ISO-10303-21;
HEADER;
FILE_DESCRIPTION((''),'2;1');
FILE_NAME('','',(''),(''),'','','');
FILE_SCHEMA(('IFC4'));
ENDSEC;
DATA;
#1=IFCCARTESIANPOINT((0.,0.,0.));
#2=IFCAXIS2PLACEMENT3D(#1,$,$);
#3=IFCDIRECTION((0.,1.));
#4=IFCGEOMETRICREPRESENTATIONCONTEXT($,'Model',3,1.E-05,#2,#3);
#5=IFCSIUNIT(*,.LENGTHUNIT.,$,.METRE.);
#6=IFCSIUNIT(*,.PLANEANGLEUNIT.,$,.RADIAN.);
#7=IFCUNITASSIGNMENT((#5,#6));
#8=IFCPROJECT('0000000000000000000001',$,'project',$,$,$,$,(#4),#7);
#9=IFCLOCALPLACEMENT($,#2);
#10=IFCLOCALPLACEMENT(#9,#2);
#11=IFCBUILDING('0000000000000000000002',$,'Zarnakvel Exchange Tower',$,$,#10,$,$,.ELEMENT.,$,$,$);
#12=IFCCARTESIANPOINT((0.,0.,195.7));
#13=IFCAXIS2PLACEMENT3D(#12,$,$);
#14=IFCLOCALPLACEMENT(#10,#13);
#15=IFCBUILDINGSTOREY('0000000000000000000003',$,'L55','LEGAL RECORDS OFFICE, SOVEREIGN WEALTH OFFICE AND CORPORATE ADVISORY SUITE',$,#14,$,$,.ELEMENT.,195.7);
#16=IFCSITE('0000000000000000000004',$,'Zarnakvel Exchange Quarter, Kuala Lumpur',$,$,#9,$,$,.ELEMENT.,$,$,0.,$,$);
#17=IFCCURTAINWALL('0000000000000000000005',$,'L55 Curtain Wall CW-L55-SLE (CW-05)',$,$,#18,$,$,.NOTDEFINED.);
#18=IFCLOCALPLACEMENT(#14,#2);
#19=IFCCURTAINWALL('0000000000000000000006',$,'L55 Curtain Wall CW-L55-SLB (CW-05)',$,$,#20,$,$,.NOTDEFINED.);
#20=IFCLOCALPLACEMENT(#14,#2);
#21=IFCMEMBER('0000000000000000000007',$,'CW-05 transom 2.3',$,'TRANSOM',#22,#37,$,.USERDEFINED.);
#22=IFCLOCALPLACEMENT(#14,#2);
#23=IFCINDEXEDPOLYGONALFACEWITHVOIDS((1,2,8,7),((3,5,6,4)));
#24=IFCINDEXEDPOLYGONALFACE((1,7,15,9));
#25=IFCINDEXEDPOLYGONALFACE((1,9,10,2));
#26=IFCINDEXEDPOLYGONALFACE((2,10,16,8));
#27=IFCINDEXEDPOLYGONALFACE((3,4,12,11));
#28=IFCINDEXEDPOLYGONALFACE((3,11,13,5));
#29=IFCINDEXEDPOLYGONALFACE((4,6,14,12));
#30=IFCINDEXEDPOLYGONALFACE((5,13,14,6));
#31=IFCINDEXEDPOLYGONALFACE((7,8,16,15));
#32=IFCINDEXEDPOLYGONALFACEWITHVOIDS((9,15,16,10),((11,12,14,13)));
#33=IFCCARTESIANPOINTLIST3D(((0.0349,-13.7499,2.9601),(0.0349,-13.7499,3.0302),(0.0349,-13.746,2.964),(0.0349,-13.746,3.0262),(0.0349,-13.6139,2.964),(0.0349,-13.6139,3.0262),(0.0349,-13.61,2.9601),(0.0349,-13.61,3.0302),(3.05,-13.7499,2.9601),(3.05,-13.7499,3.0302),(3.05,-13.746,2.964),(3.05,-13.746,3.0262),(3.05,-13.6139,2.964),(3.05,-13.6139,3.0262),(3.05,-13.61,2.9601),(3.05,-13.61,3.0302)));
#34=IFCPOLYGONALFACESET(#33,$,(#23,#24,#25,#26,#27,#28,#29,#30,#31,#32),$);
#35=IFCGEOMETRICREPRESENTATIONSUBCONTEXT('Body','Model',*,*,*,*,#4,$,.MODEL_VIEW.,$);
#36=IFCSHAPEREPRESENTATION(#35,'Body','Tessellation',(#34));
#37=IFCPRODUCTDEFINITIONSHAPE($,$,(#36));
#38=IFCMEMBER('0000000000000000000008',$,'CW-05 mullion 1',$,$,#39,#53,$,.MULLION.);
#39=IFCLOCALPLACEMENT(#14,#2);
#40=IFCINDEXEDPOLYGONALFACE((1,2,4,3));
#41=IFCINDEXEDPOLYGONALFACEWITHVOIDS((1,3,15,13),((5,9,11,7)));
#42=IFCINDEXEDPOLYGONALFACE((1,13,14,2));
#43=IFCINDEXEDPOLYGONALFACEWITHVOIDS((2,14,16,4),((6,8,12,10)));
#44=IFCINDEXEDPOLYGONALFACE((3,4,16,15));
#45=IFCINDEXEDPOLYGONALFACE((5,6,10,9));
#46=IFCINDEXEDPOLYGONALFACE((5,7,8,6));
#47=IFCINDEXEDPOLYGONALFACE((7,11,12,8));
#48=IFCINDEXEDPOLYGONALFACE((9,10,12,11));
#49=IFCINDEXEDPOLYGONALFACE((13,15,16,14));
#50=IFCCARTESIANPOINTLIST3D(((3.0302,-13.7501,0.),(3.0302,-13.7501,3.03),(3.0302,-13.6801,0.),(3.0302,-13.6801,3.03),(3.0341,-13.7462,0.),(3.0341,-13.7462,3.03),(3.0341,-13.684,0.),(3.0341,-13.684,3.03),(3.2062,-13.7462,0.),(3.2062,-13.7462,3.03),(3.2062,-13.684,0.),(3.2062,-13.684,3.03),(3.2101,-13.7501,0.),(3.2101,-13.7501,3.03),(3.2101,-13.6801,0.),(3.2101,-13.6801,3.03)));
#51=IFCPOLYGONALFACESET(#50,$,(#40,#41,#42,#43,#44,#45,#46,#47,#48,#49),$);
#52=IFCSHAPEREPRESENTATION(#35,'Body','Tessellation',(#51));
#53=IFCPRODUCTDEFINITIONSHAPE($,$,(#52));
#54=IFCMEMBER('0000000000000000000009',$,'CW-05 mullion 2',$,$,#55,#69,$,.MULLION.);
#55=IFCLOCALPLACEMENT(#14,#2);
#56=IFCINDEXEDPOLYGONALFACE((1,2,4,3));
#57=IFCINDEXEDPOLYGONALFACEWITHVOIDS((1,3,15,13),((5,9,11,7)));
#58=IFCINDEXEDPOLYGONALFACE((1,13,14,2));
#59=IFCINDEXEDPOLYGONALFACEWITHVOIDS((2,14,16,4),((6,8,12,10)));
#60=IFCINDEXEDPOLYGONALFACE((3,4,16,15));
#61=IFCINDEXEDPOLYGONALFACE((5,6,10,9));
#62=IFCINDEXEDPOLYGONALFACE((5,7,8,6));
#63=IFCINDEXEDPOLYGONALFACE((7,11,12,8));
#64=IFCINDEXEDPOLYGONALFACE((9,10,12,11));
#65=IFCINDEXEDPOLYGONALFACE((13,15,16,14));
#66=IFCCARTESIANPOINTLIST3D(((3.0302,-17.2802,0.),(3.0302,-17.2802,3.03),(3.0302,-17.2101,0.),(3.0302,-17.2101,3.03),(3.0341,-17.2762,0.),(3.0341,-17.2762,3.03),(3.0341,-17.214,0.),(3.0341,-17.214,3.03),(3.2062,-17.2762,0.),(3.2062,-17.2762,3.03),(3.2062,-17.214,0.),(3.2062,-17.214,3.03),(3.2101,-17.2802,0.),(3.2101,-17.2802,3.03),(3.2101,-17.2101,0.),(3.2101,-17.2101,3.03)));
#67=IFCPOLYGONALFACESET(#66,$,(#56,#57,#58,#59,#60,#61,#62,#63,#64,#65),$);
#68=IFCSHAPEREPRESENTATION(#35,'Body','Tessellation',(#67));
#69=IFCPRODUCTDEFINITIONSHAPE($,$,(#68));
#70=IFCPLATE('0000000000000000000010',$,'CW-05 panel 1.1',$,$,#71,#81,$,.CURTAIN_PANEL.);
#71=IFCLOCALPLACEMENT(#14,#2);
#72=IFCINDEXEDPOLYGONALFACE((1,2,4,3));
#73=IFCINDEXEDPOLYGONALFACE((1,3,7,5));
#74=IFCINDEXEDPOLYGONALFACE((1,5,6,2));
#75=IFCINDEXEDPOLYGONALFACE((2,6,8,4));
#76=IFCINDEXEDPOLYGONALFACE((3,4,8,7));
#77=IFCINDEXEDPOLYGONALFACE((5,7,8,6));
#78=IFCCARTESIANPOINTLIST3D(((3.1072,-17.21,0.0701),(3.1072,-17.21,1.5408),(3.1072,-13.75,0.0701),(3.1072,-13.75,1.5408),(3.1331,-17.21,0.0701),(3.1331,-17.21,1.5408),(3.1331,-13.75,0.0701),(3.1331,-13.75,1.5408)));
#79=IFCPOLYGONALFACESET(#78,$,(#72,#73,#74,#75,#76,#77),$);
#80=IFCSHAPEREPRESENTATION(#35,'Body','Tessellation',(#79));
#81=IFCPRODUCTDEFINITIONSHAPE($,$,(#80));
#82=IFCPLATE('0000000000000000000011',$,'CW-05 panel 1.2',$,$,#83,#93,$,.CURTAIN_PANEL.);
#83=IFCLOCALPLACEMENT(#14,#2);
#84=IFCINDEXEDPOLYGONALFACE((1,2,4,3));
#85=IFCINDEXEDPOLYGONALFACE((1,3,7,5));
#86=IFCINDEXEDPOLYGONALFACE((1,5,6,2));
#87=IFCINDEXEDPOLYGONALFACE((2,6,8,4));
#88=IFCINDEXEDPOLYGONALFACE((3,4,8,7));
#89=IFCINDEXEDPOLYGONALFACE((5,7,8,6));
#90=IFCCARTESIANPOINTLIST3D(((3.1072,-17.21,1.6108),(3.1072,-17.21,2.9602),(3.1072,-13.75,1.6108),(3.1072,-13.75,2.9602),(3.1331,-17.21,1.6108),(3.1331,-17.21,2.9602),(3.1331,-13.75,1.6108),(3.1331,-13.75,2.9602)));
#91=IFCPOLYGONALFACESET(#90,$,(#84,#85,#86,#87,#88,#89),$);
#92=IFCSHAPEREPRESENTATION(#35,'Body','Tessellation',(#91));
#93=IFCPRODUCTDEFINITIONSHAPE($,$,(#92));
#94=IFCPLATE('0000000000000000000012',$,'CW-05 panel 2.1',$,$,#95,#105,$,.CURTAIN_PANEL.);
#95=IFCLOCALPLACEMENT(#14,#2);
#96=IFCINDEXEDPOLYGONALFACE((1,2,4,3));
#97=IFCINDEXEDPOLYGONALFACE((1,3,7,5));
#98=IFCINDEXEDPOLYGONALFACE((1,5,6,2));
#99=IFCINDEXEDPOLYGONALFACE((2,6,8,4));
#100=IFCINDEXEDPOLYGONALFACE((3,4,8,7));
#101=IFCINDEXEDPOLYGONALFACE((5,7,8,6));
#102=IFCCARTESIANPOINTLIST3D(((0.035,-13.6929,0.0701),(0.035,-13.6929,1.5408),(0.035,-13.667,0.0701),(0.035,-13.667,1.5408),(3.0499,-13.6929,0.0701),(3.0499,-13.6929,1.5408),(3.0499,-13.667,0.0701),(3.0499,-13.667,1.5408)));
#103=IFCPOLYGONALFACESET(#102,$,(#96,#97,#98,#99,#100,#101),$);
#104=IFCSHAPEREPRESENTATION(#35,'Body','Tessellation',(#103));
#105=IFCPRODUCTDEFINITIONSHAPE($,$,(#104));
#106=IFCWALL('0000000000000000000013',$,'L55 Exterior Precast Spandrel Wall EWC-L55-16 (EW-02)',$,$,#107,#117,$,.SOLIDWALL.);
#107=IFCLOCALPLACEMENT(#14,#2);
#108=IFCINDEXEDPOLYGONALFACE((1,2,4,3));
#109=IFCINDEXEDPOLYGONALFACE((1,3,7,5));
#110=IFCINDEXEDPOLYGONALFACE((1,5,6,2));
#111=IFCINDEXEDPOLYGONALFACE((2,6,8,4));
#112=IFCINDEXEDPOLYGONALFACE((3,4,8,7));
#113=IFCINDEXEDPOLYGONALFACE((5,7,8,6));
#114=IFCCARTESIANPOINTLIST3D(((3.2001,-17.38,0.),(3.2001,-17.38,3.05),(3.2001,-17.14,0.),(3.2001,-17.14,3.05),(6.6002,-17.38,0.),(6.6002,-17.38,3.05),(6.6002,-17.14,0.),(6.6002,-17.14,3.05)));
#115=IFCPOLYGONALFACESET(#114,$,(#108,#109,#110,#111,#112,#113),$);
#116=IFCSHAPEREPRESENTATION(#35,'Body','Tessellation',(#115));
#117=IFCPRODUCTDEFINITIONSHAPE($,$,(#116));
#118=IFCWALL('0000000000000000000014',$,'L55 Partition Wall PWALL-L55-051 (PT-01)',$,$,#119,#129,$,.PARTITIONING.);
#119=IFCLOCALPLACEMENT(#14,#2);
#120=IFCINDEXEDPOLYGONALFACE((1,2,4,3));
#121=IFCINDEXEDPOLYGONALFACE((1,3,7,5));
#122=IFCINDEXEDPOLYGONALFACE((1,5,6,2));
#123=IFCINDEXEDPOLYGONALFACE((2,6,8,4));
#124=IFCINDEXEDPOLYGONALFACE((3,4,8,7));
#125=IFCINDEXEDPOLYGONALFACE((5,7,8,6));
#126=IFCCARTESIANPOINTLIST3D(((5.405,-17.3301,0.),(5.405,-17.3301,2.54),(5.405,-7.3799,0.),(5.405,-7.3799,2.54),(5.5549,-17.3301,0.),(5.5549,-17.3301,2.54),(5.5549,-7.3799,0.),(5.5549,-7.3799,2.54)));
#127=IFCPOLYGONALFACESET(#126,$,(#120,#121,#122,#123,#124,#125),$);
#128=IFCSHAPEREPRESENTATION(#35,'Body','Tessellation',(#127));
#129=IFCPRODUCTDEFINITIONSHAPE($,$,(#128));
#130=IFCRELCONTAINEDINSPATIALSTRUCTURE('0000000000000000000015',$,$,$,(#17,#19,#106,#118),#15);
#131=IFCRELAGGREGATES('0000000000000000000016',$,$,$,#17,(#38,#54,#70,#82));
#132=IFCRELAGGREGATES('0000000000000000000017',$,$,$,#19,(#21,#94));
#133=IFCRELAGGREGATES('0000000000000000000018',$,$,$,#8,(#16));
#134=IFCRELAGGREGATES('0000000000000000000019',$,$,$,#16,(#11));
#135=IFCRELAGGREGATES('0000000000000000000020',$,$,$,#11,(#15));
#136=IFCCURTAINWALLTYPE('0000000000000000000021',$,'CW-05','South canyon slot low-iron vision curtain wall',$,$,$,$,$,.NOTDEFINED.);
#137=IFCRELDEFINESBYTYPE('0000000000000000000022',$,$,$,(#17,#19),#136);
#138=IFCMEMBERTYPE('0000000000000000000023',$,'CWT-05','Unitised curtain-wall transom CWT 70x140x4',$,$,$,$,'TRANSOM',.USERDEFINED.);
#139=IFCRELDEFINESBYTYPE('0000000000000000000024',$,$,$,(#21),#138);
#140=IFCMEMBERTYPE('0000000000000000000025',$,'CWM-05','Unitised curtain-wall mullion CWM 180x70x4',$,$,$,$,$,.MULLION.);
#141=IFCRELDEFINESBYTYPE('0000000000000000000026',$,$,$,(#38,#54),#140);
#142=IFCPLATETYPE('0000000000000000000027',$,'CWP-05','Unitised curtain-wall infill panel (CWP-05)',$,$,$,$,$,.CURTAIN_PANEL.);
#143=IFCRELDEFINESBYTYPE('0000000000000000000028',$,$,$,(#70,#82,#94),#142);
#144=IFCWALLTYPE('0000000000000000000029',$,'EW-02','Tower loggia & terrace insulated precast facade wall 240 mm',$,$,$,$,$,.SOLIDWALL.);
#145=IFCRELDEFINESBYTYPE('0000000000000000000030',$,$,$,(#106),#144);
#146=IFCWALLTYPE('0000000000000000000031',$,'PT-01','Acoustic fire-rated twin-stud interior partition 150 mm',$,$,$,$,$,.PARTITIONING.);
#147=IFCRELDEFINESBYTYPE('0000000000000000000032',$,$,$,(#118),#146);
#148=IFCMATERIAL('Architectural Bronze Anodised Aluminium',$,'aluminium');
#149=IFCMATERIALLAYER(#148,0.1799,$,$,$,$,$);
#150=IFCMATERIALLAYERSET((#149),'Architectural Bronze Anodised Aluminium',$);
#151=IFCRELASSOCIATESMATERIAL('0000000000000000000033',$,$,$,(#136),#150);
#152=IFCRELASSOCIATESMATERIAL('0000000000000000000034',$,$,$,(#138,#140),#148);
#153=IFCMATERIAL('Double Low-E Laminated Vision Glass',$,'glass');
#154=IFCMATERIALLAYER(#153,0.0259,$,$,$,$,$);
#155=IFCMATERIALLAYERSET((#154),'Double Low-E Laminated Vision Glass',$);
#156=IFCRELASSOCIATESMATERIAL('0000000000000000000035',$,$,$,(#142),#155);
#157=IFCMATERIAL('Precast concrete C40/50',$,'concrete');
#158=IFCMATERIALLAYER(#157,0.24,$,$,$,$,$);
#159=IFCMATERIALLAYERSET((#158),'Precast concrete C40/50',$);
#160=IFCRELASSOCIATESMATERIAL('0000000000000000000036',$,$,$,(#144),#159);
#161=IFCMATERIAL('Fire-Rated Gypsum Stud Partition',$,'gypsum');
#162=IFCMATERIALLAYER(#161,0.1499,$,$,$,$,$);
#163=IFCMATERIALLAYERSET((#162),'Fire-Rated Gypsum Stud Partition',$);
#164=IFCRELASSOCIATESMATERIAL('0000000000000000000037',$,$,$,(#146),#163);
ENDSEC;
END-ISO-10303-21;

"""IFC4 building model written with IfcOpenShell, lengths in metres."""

from ifc_helpers import new_model, si_unit, direction, frame, frame_2d, origin, origin_2d, place, context, subcontext, project, spatial, rectangle, hollow_rectangle, extrude, source, transform, mapped, material, layer, layer_set, material_profile, profile_set, type_object, element, aggregate, save


model = new_model("IFC4")

# Units and contexts
model_context = context("Model", 3, precision=1e-05, world=origin(), true_north=direction((0.0, 1.0)))
body_context = subcontext(model_context, "Body", "Model", "MODEL_VIEW")
ifc_project = project(units=[si_unit("LENGTHUNIT", "METRE"), si_unit("PLANEANGLEUNIT", "RADIAN")], contexts=[model_context])

# Site, building, storey
site_placement = place(None, origin())
site = spatial("IfcSite", under=ifc_project, at=site_placement, Name="Zarnakvel Exchange Quarter, Kuala Lumpur", CompositionType="ELEMENT", RefElevation=0.0)
building_placement = place(site_placement, origin())
building = spatial("IfcBuilding", under=site, at=building_placement, Name="Zarnakvel Exchange Tower", CompositionType="ELEMENT")
storey_placement = place(building_placement, frame((0.0, 0.0, 195.7)))
storey = spatial("IfcBuildingStorey", under=building, at=storey_placement, Name="L55", Description="LEGAL RECORDS OFFICE, SOVEREIGN WEALTH OFFICE AND CORPORATE ADVISORY SUITE", CompositionType="ELEMENT", Elevation=195.7)

# Curtain walls, member
ifc_material_1 = material(Name="Architectural Bronze Anodised Aluminium", Category="aluminium")
ifc_layer_1 = layer(ifc_material_1, 0.1799)
ifc_layer_set_1 = layer_set([ifc_layer_1], Name="Architectural Bronze Anodised Aluminium")
curtain_wall_type = type_object("IfcCurtainWallType", Name="CW-05", Description="South canyon slot low-iron vision curtain wall", PredefinedType="NOTDEFINED", material=ifc_layer_set_1)
curtain_wall_1_placement = place(storey_placement, origin())
curtain_wall_1 = element("IfcCurtainWall", 1, at=curtain_wall_1_placement, inside=storey, type_object=curtain_wall_type, Name="L55 Curtain Wall CW-L55-SLE (CW-05)", PredefinedType="NOTDEFINED")
ifc_material_profile_1 = material_profile(ifc_material_1, hollow_rectangle(XDim=0.1399, YDim=0.0701, WallThickness=0.0039, at=origin_2d()))
ifc_profile_set_1 = profile_set([ifc_material_profile_1], Name="Architectural Bronze Anodised Aluminium")
member_type_1 = type_object("IfcMemberType", Name="CWT-05", Description="Unitised curtain-wall transom CWT 70x140x4", ElementType="TRANSOM", PredefinedType="USERDEFINED", material=ifc_profile_set_1)
curtain_wall_2_placement = place(storey_placement, origin())
curtain_wall_2 = element("IfcCurtainWall", 2, at=curtain_wall_2_placement, inside=storey, type_object=curtain_wall_type, Name="L55 Curtain Wall CW-L55-SLB (CW-05)", PredefinedType="NOTDEFINED")
shared_shape_1 = source(origin(), body_context, "Body", "SweptSolid", [
    extrude(hollow_rectangle(XDim=0.1399, YDim=0.0701, WallThickness=0.0039, at=origin_2d()), origin(), (0.0, 0.0, 1.0), 3.0151),
])
member_1_placement = place(storey_placement, frame((0.0349, -13.6799, 2.9951), z_axis=(1.0, 0.0, 0.0), x_axis=(0.0, 1.0, 0.0)))
member_1 = element("IfcMember", 3, at=member_1_placement, type_object=member_type_1, Name="CW-05 transom 2.3", ObjectType="TRANSOM", PredefinedType="USERDEFINED", context=body_context, shape_type="MappedRepresentation", body=[
    mapped(shared_shape_1, transform((0.0, 0.0, 0.0), x_axis=(1.0, 0.0, 0.0), y_axis=(0.0, 1.0, 0.0), z_axis=(0.0, 0.0, 1.0), scale=1.0)),
])

# Members
ifc_material_profile_2 = material_profile(ifc_material_1, hollow_rectangle(XDim=0.1799, YDim=0.0701, WallThickness=0.0039, at=origin_2d()))
ifc_profile_set_2 = profile_set([ifc_material_profile_2], Name="Architectural Bronze Anodised Aluminium")
member_type_2 = type_object("IfcMemberType", Name="CWM-05", Description="Unitised curtain-wall mullion CWM 180x70x4", PredefinedType="MULLION", material=ifc_profile_set_2)
shared_shape_2 = source(origin(), body_context, "Body", "SweptSolid", [
    extrude(hollow_rectangle(XDim=0.1799, YDim=0.0701, WallThickness=0.0039, at=origin_2d()), origin(), (0.0, 0.0, 1.0), 3.03),
])
member_2_placement = place(storey_placement, frame((3.1201, -13.7151, 0.0), z_axis=(0.0, 0.0, 1.0), x_axis=(1.0, 0.0, 0.0)))
member_2 = element("IfcMember", 4, at=member_2_placement, type_object=member_type_2, Name="CW-05 mullion 1", PredefinedType="MULLION", context=body_context, shape_type="MappedRepresentation", body=[
    mapped(shared_shape_2, transform((0.0, 0.0, 0.0), x_axis=(1.0, 0.0, 0.0), y_axis=(0.0, 1.0, 0.0), z_axis=(0.0, 0.0, 1.0), scale=1.0)),
])
member_3_placement = place(storey_placement, frame((3.1201, -17.2451, 0.0), z_axis=(0.0, 0.0, 1.0), x_axis=(1.0, 0.0, 0.0)))
member_3 = element("IfcMember", 5, at=member_3_placement, type_object=member_type_2, Name="CW-05 mullion 2", PredefinedType="MULLION", context=body_context, shape_type="MappedRepresentation", body=[
    mapped(shared_shape_2, transform((0.0, 0.0, 0.0), x_axis=(1.0, 0.0, 0.0), y_axis=(0.0, 1.0, 0.0), z_axis=(0.0, 0.0, 1.0), scale=1.0)),
])

# Plates
ifc_material_2 = material(Name="Double Low-E Laminated Vision Glass", Category="glass")
ifc_layer_2 = layer(ifc_material_2, 0.0259)
ifc_layer_set_2 = layer_set([ifc_layer_2], Name="Double Low-E Laminated Vision Glass")
plate_type = type_object("IfcPlateType", Name="CWP-05", Description="Unitised curtain-wall infill panel (CWP-05)", PredefinedType="CURTAIN_PANEL", material=ifc_layer_set_2)
shared_shape_3 = source(origin(), body_context, "Body", "SweptSolid", [
    extrude(rectangle(XDim=3.46, YDim=0.0259, at=origin_2d()), origin(), (0.0, 0.0, 1.0), 1.4707),
])
plate_1_placement = place(storey_placement, frame((3.1201, -15.48, 0.0701), z_axis=(0.0, 0.0, 1.0), x_axis=(0.0, -1.0, 0.0)))
plate_1 = element("IfcPlate", 6, at=plate_1_placement, type_object=plate_type, Name="CW-05 panel 1.1", PredefinedType="CURTAIN_PANEL", context=body_context, shape_type="MappedRepresentation", body=[
    mapped(shared_shape_3, transform((0.0, 0.0, 0.0), x_axis=(1.0, 0.0, 0.0), y_axis=(0.0, 1.0, 0.0), z_axis=(0.0, 0.0, 1.0), scale=1.0)),
])
shared_shape_4 = source(origin(), body_context, "Body", "SweptSolid", [
    extrude(rectangle(XDim=3.46, YDim=0.0259, at=origin_2d()), origin(), (0.0, 0.0, 1.0), 1.3494),
])
plate_2_placement = place(storey_placement, frame((3.1201, -15.48, 1.6108), z_axis=(0.0, 0.0, 1.0), x_axis=(0.0, -1.0, 0.0)))
plate_2 = element("IfcPlate", 7, at=plate_2_placement, type_object=plate_type, Name="CW-05 panel 1.2", PredefinedType="CURTAIN_PANEL", context=body_context, shape_type="MappedRepresentation", body=[
    mapped(shared_shape_4, transform((0.0, 0.0, 0.0), x_axis=(1.0, 0.0, 0.0), y_axis=(0.0, 1.0, 0.0), z_axis=(0.0, 0.0, 1.0), scale=1.0)),
])
aggregate(curtain_wall_1, [member_2, member_3, plate_1, plate_2])
shared_shape_5 = source(origin(), body_context, "Body", "SweptSolid", [
    extrude(rectangle(XDim=3.0149, YDim=0.0259, at=origin_2d()), origin(), (0.0, 0.0, 1.0), 1.4707),
])
plate_3_placement = place(storey_placement, frame((1.5425, -13.6799, 0.0701), z_axis=(0.0, 0.0, 1.0), x_axis=(1.0, 0.0, 0.0)))
plate_3 = element("IfcPlate", 8, at=plate_3_placement, type_object=plate_type, Name="CW-05 panel 2.1", PredefinedType="CURTAIN_PANEL", context=body_context, shape_type="MappedRepresentation", body=[
    mapped(shared_shape_5, transform((0.0, 0.0, 0.0), x_axis=(1.0, 0.0, 0.0), y_axis=(0.0, 1.0, 0.0), z_axis=(0.0, 0.0, 1.0), scale=1.0)),
])
aggregate(curtain_wall_2, [member_1, plate_3])

# Walls
ifc_material_3 = material(Name="Precast concrete C40/50", Category="concrete")
ifc_layer_3 = layer(ifc_material_3, 0.24)
ifc_layer_set_3 = layer_set([ifc_layer_3], Name="Precast concrete C40/50")
wall_type_1 = type_object("IfcWallType", Name="EW-02", Description="Tower loggia & terrace insulated precast facade wall 240 mm", PredefinedType="SOLIDWALL", material=ifc_layer_set_3)
wall_1_placement = place(storey_placement, frame((3.2, -17.26, 0.0), z_axis=(0.0, 0.0, 1.0), x_axis=(1.0, 0.0, 0.0)))
element("IfcWall", 9, at=wall_1_placement, inside=storey, type_object=wall_type_1, Name="L55 Exterior Precast Spandrel Wall EWC-L55-16 (EW-02)", PredefinedType="SOLIDWALL", context=body_context, shape_type="SweptSolid", body=[
    extrude(rectangle(XDim=3.4001, YDim=0.24, at=frame_2d((1.7002, 0.0))), origin(), (0.0, 0.0, 1.0), 3.05),
])
ifc_material_4 = material(Name="Fire-Rated Gypsum Stud Partition", Category="gypsum")
ifc_layer_4 = layer(ifc_material_4, 0.1499)
ifc_layer_set_4 = layer_set([ifc_layer_4], Name="Fire-Rated Gypsum Stud Partition")
wall_type_2 = type_object("IfcWallType", Name="PT-01", Description="Acoustic fire-rated twin-stud interior partition 150 mm", PredefinedType="PARTITIONING", material=ifc_layer_set_4)
wall_2_placement = place(storey_placement, frame((5.48, -17.3301, 0.0), z_axis=(0.0, 0.0, 1.0), x_axis=(0.0, 1.0, 0.0)))
element("IfcWall", 10, at=wall_2_placement, inside=storey, type_object=wall_type_2, Name="L55 Partition Wall PWALL-L55-051 (PT-01)", PredefinedType="PARTITIONING", context=body_context, shape_type="SweptSolid", body=[
    extrude(rectangle(XDim=9.9502, YDim=0.1499, at=frame_2d((4.9751, 0.0))), origin(), (0.0, 0.0, 1.0), 2.54),
])

save(model, "model.ifc")
